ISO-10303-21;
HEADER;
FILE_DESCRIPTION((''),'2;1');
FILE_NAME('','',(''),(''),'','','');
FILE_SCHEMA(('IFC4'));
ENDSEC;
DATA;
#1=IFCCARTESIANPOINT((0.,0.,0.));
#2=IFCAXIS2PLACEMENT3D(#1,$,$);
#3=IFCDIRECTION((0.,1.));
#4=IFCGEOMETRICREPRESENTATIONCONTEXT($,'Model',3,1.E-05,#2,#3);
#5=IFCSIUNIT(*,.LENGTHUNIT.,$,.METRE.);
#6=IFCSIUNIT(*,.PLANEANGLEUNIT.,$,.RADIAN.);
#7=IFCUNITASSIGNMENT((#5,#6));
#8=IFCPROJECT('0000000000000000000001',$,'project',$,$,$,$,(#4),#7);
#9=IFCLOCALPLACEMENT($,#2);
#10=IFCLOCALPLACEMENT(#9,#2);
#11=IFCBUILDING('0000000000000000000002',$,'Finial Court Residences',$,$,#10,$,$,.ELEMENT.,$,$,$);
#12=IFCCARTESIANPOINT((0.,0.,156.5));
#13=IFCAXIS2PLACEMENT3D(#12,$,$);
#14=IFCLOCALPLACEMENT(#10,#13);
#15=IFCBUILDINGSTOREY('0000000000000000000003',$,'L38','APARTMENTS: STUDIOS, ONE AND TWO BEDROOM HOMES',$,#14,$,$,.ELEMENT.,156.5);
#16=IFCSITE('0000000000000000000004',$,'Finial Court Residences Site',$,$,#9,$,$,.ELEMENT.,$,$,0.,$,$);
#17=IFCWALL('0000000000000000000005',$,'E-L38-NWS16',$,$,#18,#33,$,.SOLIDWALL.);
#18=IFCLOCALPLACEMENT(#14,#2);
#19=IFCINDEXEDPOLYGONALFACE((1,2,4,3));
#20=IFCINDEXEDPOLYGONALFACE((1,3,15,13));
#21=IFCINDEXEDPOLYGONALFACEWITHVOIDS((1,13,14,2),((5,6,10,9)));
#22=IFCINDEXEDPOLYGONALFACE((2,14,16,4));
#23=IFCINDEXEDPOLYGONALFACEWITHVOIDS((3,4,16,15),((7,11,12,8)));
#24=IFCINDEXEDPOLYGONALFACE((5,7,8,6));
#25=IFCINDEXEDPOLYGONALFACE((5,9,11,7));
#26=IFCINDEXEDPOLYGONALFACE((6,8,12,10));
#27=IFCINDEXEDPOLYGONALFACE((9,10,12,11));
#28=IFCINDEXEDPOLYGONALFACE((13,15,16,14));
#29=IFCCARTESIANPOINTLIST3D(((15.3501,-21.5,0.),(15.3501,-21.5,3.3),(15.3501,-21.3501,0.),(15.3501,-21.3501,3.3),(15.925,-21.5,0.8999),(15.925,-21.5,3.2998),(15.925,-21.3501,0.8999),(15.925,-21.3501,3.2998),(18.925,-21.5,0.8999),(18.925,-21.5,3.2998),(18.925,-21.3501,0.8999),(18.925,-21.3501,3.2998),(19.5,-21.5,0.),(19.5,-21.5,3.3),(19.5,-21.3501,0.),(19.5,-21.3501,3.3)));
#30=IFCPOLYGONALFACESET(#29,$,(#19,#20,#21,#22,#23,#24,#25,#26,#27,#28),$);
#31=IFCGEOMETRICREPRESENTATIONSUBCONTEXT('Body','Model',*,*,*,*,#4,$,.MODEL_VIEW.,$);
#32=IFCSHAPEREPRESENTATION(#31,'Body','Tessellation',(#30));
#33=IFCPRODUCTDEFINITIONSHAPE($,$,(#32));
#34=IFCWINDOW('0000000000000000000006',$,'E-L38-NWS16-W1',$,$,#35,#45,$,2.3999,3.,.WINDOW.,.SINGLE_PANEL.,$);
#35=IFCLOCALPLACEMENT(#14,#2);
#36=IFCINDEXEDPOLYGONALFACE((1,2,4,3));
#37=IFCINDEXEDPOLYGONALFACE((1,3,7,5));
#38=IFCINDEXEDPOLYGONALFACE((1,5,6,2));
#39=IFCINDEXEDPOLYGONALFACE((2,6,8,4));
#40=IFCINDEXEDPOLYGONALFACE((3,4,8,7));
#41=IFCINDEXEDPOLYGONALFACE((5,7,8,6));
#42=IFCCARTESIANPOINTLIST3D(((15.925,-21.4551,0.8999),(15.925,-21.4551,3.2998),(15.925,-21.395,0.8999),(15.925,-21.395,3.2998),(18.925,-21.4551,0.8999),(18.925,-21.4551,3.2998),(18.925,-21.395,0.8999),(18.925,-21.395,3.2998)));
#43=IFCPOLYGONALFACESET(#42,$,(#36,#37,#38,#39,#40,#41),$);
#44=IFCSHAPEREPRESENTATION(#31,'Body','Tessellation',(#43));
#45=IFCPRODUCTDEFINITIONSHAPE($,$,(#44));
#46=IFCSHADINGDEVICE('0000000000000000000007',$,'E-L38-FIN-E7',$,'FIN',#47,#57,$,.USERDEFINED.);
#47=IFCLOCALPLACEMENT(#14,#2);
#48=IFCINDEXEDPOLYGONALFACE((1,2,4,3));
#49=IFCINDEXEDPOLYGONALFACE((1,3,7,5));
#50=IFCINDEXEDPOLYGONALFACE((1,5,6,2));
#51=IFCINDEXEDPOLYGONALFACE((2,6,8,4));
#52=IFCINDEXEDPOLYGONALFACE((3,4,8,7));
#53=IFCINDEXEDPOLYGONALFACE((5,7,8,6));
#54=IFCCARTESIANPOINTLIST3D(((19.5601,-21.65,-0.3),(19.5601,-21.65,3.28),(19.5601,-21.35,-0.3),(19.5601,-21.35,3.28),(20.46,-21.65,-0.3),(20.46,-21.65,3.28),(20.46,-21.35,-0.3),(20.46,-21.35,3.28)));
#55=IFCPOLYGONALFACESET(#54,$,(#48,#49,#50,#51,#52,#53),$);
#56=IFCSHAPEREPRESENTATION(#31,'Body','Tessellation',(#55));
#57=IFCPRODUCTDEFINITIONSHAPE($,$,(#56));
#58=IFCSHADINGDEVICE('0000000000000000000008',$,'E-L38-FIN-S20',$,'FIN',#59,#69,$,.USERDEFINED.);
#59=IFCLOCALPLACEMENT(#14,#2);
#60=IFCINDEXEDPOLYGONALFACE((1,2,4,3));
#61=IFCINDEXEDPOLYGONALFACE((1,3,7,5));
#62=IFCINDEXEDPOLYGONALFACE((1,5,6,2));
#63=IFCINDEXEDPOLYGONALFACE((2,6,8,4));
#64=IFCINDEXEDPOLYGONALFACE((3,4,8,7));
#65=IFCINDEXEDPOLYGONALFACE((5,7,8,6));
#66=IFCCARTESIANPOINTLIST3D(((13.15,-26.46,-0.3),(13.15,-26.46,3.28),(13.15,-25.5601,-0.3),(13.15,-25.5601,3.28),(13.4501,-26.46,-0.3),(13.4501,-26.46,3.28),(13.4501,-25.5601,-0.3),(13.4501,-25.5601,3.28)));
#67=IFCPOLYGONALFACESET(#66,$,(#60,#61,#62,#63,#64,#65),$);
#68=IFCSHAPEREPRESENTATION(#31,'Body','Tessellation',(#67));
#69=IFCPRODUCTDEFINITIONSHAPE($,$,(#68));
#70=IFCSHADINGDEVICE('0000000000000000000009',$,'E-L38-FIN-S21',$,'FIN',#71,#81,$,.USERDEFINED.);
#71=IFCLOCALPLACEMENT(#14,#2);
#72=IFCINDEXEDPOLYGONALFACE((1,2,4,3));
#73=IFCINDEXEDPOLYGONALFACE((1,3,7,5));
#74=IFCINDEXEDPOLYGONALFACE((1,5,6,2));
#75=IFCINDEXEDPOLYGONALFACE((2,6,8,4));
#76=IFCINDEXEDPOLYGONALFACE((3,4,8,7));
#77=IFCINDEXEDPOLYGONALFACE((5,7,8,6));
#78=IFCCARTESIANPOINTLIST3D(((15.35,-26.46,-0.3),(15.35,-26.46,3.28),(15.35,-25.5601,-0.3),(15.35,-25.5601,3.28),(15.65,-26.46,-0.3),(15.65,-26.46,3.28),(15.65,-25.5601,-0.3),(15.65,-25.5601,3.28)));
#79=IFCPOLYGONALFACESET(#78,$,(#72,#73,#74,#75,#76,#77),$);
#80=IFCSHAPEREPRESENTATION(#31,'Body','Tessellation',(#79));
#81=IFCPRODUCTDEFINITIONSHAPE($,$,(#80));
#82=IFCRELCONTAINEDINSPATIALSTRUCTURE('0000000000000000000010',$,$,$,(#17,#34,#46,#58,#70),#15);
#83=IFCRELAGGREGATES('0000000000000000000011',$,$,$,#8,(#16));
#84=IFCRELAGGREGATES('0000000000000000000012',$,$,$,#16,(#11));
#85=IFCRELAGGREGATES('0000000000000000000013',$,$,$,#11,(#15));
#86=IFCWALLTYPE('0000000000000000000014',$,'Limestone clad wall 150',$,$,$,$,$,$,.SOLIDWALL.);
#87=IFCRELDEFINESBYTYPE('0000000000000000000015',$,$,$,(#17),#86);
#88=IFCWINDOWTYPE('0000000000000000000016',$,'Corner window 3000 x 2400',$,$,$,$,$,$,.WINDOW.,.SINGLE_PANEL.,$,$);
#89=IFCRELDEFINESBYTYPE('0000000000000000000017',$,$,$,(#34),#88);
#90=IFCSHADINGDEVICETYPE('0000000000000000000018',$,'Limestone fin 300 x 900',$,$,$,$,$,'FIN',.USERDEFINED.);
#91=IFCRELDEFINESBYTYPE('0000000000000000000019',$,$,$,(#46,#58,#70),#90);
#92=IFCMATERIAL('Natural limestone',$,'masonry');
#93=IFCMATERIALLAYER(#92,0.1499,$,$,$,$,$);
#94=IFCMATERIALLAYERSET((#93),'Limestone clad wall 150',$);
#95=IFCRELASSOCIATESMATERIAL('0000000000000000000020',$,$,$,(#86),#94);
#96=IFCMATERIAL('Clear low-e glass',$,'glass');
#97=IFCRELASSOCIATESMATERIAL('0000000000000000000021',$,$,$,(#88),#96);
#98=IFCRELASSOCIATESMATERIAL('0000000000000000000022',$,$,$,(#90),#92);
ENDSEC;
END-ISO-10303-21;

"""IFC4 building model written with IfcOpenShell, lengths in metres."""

from ifc_helpers import new_model, si_unit, direction, frame, frame_2d, origin, origin_2d, place, context, subcontext, project, spatial, rectangle, extrude, material, layer, layer_set, type_object, element, fill, save


model = new_model("IFC4")

# Units and contexts
model_context = context("Model", 3, precision=1e-05, world=origin(), true_north=direction((0.0, 1.0)))
body_context = subcontext(model_context, "Body", "Model", "MODEL_VIEW")
ifc_project = project(units=[si_unit("LENGTHUNIT", "METRE"), si_unit("PLANEANGLEUNIT", "RADIAN")], contexts=[model_context])

# Site, building, storey
site_placement = place(None, origin())
site = spatial("IfcSite", under=ifc_project, at=site_placement, Name="Finial Court Residences Site", CompositionType="ELEMENT", RefElevation=0.0)
building_placement = place(site_placement, origin())
building = spatial("IfcBuilding", under=site, at=building_placement, Name="Finial Court Residences", CompositionType="ELEMENT")
storey_placement = place(building_placement, frame((0.0, 0.0, 156.5)))
storey = spatial("IfcBuildingStorey", under=building, at=storey_placement, Name="L38", Description="APARTMENTS: STUDIOS, ONE AND TWO BEDROOM HOMES", CompositionType="ELEMENT", Elevation=156.5)

# Shared definitions
ifc_material_1 = material(Name="Clear low-e glass", Category="glass")

# Wall, opening, window
ifc_material_2 = material(Name="Natural limestone", Category="masonry")
ifc_layer_1 = layer(ifc_material_2, 0.1499)
ifc_layer_set_1 = layer_set([ifc_layer_1], Name="Limestone clad wall 150")
wall_type_1 = type_object("IfcWallType", Name="Limestone clad wall 150", PredefinedType="SOLIDWALL", material=ifc_layer_set_1)
wall_1_placement = place(storey_placement, frame((19.5, -21.425, 0.0), z_axis=(0.0, 0.0, 1.0), x_axis=(-1.0, 0.0, 0.0)))
wall_1 = element("IfcWall", 1, at=wall_1_placement, inside=storey, type_object=wall_type_1, Name="E-L38-NWS16", PredefinedType="SOLIDWALL", context=body_context, shape_type="SweptSolid", body=[
    extrude(rectangle(XDim=4.1499, YDim=0.1499, at=frame_2d((2.075, 0.0))), origin(), (0.0, 0.0, 1.0), 3.3),
])
opening_1_placement = place(wall_1_placement, frame((0.575, 0.0, 0.8999)))
opening_1 = element("IfcOpeningElement", 2, at=opening_1_placement, cuts=wall_1, PredefinedType="OPENING", context=body_context, shape_type="SweptSolid", body=[
    extrude(rectangle(XDim=3.0, YDim=2.3999, at=frame_2d((1.5, 1.2))), frame((0.0, 0.085, 0.0), z_axis=(0.0, -1.0, 0.0), x_axis=(1.0, 0.0, 0.0)), (0.0, 0.0, 1.0), 0.1699),
])
window_type_1 = type_object("IfcWindowType", Name="Corner window 3000 x 2400", PartitioningType="SINGLE_PANEL", PredefinedType="WINDOW", material=ifc_material_1)
window_1_placement = place(opening_1_placement, origin())
window_1 = element("IfcWindow", 3, at=window_1_placement, inside=storey, type_object=window_type_1, Name="E-L38-NWS16-W1", OverallHeight=2.3999, OverallWidth=3.0, PartitioningType="SINGLE_PANEL", PredefinedType="WINDOW", context=body_context, shape_type="SweptSolid", body=[
    extrude(rectangle(XDim=3.0, YDim=2.3999, at=frame_2d((1.5, 1.2))), frame((0.0, 0.03, 0.0), z_axis=(0.0, -1.0, 0.0), x_axis=(1.0, 0.0, 0.0)), (0.0, 0.0, 1.0), 0.0601),
])
fill(opening_1, window_1)

# Shading devices
shading_device_type = type_object("IfcShadingDeviceType", Name="Limestone fin 300 x 900", ElementType="FIN", PredefinedType="USERDEFINED", material=ifc_material_2)
shading_device_placement = place(storey_placement, frame((20.01, -21.5, -0.3), z_axis=(0.0, 0.0, 1.0), x_axis=(1.0, 0.0, 0.0)))
element("IfcShadingDevice", 4, at=shading_device_placement, inside=storey, type_object=shading_device_type, Name="E-L38-FIN-E7", ObjectType="FIN", PredefinedType="USERDEFINED", context=body_context, shape_type="SweptSolid", body=[
    extrude(rectangle(XDim=0.8999, YDim=0.3, at=origin_2d()), origin(), (0.0, 0.0, 1.0), 3.5801),
])
for number, where, z_axis, x_axis, name in (
    (5, (13.3, -26.01, -0.3), (0.0, 0.0, 1.0), (1.0, 0.0, 0.0), "E-L38-FIN-S20"),
    (6, (15.5, -26.01, -0.3), (0.0, 0.0, 1.0), (1.0, 0.0, 0.0), "E-L38-FIN-S21"),
):
    element("IfcShadingDevice", number, at=place(storey_placement, frame(where, z_axis=z_axis, x_axis=x_axis)), inside=storey, type_object=shading_device_type, Name=name, ObjectType="FIN", PredefinedType="USERDEFINED", context=body_context, shape_type="SweptSolid", body=[
        extrude(rectangle(XDim=0.3, YDim=0.8999, at=origin_2d()), origin(), (0.0, 0.0, 1.0), 3.5801),
    ])

save(model, "model.ifc")
